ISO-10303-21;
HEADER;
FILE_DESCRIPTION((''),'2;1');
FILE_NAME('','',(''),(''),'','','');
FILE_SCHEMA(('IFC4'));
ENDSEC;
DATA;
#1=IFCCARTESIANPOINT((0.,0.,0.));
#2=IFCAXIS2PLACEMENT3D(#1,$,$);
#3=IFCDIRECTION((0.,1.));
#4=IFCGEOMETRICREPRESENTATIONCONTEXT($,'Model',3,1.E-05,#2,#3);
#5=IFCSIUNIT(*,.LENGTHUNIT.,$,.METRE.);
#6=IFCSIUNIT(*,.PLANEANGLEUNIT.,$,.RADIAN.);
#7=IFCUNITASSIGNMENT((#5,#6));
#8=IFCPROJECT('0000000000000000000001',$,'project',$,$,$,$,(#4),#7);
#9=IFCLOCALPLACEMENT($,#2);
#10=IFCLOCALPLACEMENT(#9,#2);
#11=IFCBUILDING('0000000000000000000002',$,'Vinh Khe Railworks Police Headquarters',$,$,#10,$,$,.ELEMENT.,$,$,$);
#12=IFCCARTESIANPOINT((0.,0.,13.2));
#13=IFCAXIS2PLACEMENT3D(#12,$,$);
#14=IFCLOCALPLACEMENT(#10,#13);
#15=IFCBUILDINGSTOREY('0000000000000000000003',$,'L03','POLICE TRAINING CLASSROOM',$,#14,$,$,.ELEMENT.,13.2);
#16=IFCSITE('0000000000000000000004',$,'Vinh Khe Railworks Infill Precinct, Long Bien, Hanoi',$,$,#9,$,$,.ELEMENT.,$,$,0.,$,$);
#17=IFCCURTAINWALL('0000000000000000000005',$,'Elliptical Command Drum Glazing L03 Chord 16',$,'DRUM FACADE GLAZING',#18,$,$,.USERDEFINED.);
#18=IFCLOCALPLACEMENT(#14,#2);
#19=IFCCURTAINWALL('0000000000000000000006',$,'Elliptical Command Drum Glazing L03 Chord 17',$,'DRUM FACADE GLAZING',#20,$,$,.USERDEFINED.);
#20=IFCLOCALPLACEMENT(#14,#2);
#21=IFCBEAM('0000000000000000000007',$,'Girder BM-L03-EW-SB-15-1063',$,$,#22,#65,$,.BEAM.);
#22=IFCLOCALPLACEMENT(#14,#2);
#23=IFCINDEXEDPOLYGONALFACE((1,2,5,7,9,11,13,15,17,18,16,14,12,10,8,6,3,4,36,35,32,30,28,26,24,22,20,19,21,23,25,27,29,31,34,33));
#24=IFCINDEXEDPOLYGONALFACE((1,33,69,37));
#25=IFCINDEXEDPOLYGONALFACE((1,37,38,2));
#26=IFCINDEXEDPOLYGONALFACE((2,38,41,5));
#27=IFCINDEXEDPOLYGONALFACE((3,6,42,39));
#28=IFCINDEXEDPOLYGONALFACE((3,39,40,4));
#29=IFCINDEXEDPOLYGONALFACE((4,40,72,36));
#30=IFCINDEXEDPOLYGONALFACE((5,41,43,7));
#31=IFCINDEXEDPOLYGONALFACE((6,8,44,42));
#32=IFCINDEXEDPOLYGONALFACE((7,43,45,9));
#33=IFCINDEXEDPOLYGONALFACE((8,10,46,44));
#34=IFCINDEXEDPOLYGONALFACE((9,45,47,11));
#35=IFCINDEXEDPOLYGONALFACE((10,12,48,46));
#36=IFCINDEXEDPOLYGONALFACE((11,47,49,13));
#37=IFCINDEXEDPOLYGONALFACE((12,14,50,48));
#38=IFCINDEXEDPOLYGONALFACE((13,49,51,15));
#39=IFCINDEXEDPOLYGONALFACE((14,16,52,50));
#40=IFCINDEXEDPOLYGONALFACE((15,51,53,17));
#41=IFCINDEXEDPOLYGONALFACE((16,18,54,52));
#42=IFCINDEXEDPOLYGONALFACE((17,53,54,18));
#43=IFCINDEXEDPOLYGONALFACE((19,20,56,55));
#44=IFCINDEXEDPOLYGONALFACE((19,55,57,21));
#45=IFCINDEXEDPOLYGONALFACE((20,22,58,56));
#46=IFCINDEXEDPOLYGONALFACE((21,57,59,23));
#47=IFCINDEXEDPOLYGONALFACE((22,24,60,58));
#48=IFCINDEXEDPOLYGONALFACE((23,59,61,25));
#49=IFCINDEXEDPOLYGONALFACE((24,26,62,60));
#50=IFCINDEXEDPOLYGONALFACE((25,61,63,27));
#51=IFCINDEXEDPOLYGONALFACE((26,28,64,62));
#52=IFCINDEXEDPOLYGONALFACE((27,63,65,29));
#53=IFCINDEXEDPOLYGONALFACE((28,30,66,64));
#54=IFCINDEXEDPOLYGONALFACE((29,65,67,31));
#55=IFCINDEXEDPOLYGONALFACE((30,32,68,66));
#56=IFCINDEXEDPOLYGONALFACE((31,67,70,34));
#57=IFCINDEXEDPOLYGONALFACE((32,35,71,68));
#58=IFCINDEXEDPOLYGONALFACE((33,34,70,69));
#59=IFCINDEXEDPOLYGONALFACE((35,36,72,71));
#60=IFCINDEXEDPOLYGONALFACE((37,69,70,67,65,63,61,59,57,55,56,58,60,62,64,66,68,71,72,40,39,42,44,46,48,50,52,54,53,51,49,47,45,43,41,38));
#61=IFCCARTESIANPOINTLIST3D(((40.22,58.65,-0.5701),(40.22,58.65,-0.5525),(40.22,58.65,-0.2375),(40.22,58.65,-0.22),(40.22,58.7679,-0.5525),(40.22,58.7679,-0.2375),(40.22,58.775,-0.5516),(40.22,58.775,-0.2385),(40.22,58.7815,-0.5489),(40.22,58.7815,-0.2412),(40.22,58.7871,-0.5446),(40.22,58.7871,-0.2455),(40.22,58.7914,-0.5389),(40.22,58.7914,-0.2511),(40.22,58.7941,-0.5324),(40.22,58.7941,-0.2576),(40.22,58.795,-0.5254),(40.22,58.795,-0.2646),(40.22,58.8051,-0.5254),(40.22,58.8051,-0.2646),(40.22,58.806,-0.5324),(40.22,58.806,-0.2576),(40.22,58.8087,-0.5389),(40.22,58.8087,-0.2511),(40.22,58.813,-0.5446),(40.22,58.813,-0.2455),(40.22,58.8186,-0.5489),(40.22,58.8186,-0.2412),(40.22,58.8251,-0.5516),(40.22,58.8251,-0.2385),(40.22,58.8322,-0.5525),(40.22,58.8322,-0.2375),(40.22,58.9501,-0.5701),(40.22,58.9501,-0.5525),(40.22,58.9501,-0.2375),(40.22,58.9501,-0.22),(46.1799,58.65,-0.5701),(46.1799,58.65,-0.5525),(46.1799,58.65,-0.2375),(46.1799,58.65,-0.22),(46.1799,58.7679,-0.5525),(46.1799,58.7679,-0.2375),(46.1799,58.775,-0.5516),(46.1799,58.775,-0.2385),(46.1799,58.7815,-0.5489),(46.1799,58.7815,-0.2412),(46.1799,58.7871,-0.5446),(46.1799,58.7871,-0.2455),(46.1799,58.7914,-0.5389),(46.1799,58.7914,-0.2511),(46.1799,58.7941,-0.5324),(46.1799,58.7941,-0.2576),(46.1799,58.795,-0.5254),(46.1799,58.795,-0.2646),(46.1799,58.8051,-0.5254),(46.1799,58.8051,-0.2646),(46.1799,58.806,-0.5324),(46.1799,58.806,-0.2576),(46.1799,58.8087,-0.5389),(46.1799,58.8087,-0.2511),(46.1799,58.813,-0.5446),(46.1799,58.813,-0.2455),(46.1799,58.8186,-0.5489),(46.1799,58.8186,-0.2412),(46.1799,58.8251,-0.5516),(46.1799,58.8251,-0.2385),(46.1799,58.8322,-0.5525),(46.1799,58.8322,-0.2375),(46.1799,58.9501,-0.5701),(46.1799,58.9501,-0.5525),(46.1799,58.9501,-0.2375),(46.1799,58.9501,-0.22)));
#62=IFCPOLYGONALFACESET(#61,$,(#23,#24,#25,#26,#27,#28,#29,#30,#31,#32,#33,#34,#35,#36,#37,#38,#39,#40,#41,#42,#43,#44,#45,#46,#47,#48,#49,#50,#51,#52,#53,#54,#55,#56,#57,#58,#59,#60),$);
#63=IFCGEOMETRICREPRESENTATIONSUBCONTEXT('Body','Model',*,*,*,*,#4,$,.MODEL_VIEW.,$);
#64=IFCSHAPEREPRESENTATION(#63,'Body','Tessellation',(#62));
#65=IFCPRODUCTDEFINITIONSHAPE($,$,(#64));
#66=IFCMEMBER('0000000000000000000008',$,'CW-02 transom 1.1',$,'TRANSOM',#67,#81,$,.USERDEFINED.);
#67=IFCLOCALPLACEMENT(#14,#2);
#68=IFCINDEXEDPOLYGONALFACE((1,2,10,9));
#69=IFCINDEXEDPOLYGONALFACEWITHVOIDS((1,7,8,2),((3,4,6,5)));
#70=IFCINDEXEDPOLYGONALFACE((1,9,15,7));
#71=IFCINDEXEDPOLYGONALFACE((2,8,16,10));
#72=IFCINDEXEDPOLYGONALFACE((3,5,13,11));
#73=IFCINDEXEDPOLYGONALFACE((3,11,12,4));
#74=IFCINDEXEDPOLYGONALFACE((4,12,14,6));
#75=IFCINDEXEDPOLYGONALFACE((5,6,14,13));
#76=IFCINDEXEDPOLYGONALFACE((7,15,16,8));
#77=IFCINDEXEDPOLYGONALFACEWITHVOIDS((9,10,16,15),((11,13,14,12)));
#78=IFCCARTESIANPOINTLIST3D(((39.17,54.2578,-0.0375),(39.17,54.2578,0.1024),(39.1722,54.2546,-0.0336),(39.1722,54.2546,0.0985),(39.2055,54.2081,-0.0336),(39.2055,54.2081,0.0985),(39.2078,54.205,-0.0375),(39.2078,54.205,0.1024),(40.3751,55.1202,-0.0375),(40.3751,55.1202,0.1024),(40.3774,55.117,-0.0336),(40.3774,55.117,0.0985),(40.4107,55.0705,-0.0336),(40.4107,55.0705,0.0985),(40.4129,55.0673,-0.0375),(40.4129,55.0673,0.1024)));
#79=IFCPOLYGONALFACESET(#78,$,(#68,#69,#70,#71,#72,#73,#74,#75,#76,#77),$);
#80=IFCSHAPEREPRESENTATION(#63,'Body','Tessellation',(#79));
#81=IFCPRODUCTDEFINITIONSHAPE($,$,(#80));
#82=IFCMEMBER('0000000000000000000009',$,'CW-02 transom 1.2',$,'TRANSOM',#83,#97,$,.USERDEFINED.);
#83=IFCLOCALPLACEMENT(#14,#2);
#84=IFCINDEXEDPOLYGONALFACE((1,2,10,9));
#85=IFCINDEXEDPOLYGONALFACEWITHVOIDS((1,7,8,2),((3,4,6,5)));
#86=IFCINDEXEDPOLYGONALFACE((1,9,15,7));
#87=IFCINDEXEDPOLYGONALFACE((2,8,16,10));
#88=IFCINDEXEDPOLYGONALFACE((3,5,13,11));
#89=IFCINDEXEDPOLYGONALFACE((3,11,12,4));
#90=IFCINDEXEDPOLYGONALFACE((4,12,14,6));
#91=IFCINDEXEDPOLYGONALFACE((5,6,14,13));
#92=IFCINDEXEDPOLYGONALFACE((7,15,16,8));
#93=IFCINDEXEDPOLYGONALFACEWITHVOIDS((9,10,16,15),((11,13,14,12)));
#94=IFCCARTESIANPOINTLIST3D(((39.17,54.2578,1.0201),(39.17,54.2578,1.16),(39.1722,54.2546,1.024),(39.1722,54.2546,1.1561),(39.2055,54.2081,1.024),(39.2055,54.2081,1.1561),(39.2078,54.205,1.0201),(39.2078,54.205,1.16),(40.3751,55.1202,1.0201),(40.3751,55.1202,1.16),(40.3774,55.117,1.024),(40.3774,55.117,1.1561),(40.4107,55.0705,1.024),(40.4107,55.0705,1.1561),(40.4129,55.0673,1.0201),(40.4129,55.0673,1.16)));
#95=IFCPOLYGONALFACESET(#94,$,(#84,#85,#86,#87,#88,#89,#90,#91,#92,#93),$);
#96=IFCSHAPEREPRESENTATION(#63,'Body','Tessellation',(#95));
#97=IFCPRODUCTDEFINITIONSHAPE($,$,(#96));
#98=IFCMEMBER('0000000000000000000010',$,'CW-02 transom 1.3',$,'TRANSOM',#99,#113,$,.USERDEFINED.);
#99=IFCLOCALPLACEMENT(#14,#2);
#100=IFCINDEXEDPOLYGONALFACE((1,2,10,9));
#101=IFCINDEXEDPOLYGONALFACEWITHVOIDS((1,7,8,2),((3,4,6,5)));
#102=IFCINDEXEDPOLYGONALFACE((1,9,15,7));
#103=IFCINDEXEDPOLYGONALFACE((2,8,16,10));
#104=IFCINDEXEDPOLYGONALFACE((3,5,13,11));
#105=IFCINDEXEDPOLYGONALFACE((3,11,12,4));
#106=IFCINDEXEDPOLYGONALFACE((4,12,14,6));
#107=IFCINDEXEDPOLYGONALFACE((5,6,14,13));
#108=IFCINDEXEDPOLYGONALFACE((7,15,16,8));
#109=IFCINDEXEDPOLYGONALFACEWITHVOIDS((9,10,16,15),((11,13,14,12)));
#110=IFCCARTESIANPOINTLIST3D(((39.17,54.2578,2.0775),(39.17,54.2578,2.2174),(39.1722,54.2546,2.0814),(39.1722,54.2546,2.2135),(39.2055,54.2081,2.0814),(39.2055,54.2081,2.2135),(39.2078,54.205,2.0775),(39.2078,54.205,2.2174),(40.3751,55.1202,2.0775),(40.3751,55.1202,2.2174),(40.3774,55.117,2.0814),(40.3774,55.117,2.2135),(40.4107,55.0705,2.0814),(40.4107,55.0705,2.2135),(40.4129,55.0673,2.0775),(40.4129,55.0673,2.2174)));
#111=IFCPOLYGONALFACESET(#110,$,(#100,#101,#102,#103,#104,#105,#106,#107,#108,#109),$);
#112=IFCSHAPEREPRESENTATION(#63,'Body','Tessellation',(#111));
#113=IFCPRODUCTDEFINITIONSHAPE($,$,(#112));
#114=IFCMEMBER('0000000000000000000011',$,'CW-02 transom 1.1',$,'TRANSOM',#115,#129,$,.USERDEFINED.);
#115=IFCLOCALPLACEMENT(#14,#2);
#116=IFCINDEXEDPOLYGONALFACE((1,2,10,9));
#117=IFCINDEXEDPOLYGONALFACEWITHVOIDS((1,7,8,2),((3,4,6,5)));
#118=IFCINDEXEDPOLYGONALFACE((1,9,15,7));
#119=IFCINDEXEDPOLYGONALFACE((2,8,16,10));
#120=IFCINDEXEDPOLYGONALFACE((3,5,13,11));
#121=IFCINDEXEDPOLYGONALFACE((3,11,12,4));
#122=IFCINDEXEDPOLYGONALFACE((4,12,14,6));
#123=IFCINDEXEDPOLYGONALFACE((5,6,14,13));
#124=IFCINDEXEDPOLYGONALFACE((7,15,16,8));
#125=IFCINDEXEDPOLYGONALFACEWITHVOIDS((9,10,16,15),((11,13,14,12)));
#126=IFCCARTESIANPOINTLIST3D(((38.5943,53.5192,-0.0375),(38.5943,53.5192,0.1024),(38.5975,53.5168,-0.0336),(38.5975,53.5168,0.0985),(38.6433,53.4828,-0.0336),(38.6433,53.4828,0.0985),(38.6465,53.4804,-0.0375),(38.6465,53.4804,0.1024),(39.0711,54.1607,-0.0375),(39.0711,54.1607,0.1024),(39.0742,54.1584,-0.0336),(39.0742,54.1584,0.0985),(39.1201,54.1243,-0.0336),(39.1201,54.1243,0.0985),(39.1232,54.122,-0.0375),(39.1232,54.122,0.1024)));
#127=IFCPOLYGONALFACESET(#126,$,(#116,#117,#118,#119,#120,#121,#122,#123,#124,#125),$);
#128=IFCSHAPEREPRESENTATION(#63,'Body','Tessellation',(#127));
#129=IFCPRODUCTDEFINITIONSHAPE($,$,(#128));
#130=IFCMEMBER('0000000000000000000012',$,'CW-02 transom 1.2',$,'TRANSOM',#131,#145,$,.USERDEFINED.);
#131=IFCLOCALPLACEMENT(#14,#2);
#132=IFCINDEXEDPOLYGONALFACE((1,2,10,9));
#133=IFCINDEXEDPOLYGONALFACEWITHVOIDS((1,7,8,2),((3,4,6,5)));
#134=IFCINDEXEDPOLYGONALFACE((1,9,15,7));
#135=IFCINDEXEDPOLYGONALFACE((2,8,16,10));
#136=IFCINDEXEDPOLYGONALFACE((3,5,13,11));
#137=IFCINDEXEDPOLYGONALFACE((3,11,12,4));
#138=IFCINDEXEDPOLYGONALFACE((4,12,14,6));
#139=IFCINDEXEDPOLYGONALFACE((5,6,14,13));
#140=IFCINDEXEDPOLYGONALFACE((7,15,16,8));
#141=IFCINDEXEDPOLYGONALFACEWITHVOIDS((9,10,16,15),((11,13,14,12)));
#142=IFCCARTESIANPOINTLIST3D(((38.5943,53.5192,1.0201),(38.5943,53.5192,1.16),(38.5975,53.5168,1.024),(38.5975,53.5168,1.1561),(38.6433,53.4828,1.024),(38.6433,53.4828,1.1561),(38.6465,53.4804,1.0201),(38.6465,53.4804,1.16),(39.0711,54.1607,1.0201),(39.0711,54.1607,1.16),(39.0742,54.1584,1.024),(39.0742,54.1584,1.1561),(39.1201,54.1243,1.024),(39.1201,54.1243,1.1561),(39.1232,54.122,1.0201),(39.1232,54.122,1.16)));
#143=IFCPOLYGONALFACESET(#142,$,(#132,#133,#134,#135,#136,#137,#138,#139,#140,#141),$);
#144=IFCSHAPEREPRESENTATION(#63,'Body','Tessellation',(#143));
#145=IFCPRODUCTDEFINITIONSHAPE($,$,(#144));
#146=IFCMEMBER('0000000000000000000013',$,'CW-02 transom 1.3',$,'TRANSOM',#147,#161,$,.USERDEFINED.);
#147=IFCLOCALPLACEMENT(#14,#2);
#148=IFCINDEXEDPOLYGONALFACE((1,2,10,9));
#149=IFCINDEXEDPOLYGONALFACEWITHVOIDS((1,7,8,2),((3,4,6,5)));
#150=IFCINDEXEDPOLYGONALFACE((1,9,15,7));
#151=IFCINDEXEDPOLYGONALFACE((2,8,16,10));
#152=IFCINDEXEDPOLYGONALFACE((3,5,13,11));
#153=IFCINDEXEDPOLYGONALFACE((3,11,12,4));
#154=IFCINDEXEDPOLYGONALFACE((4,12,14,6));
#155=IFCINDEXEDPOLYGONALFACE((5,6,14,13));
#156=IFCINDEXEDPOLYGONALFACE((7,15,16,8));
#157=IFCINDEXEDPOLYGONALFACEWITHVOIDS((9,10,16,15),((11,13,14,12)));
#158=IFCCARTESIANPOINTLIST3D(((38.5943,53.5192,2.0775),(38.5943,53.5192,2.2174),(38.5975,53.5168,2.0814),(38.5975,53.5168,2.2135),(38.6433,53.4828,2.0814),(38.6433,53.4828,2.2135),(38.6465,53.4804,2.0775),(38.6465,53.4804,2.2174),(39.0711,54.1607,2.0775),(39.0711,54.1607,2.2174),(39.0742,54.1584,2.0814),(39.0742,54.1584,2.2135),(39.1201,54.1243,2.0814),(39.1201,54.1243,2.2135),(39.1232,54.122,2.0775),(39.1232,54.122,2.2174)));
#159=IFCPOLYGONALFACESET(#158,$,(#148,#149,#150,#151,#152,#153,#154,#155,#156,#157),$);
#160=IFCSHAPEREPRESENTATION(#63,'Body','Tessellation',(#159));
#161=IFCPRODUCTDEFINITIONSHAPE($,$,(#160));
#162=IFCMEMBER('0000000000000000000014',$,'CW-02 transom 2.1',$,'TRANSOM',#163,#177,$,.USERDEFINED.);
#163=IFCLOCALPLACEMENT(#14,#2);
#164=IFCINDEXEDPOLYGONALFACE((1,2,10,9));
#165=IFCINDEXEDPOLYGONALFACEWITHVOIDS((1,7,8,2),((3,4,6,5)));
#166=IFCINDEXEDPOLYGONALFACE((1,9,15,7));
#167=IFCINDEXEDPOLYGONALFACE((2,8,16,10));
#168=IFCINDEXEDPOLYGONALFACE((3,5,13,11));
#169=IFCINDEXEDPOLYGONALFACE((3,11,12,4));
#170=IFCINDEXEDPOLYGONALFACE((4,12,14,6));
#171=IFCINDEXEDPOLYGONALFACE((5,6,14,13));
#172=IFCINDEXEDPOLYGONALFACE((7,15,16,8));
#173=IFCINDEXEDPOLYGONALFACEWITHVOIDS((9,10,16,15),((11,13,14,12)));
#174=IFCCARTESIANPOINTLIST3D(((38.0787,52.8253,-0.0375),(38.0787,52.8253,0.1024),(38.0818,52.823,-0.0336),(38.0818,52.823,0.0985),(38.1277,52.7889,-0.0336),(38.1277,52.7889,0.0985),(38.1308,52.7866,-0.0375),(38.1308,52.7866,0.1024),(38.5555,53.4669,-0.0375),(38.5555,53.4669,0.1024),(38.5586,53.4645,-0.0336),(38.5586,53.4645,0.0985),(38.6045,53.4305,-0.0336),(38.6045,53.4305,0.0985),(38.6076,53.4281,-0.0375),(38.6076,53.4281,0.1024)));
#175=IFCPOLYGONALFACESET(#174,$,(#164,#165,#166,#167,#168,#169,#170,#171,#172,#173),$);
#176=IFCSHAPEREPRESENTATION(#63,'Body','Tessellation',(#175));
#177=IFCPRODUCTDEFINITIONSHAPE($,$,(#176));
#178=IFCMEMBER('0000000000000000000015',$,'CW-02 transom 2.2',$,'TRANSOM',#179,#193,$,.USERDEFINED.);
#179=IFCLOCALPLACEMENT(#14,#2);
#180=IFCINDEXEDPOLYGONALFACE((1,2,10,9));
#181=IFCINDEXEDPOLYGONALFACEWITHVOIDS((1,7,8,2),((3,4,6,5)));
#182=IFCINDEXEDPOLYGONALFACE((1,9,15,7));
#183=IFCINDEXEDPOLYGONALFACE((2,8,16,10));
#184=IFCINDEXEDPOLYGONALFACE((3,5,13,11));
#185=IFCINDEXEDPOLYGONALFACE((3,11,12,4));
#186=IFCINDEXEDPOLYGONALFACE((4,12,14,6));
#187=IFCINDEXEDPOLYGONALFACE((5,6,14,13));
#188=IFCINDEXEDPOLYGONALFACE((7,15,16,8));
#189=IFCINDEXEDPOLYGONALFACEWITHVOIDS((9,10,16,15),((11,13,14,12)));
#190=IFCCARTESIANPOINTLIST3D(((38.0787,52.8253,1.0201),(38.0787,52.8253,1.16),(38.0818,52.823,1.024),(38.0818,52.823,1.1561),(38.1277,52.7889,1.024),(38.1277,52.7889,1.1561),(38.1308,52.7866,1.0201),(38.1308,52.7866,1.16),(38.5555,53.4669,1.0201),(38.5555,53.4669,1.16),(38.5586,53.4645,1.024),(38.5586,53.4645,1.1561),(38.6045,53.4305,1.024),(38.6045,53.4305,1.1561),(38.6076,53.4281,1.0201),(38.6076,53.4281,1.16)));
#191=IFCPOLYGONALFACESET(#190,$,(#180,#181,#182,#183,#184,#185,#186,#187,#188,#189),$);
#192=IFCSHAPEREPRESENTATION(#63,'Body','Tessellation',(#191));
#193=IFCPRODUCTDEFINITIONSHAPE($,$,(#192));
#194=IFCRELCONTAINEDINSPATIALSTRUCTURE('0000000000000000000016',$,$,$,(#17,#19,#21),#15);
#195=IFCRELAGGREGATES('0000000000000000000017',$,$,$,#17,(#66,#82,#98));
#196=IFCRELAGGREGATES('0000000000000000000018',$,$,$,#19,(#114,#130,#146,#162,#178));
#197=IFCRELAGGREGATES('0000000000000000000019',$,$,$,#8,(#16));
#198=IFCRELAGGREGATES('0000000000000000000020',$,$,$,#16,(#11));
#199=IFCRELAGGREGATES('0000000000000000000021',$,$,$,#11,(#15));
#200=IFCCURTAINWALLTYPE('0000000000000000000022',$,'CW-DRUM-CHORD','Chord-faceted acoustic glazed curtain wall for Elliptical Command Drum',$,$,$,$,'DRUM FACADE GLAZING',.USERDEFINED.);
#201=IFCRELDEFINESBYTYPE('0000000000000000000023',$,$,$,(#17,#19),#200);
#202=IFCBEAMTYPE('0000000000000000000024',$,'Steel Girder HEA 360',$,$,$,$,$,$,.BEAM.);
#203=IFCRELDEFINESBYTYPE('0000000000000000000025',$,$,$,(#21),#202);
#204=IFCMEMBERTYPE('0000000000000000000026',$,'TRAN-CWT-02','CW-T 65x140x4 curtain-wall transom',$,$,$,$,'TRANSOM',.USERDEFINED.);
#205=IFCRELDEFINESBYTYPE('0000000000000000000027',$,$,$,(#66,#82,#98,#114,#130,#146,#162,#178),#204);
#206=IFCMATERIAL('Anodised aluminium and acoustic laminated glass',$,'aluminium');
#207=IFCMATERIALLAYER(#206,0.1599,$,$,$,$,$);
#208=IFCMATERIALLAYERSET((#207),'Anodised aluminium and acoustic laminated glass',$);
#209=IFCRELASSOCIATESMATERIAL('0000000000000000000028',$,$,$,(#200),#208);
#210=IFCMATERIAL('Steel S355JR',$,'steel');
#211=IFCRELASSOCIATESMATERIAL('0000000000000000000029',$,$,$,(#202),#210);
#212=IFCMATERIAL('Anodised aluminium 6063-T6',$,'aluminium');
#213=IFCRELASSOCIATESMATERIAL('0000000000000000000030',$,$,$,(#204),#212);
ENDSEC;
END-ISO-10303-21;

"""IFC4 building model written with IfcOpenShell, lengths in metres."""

from ifc_helpers import new_model, si_unit, direction, frame, origin, origin_2d, place, context, subcontext, project, spatial, hollow_rectangle, i_section, extrude, material, layer, layer_set, material_profile, profile_set, type_object, element, aggregate, save


model = new_model("IFC4")

# Units and contexts
model_context = context("Model", 3, precision=1e-05, world=origin(), true_north=direction((0.0, 1.0)))
body_context = subcontext(model_context, "Body", "Model", "MODEL_VIEW")
ifc_project = project(units=[si_unit("LENGTHUNIT", "METRE"), si_unit("PLANEANGLEUNIT", "RADIAN")], contexts=[model_context])

# Site, building, storey
site_placement = place(None, origin())
site = spatial("IfcSite", under=ifc_project, at=site_placement, Name="Vinh Khe Railworks Infill Precinct, Long Bien, Hanoi", CompositionType="ELEMENT", RefElevation=0.0)
building_placement = place(site_placement, origin())
building = spatial("IfcBuilding", under=site, at=building_placement, Name="Vinh Khe Railworks Police Headquarters", CompositionType="ELEMENT")
storey_placement = place(building_placement, frame((0.0, 0.0, 13.2)))
storey = spatial("IfcBuildingStorey", under=building, at=storey_placement, Name="L03", Description="POLICE TRAINING CLASSROOM", CompositionType="ELEMENT", Elevation=13.2)

# Shared definitions
ifc_material_1 = material(Name="Steel S355JR", Category="steel")

# Curtain wall
ifc_material_2 = material(Name="Anodised aluminium and acoustic laminated glass", Category="aluminium")
ifc_layer_1 = layer(ifc_material_2, 0.1599)
ifc_layer_set_1 = layer_set([ifc_layer_1], Name="Anodised aluminium and acoustic laminated glass")
curtain_wall_type_1 = type_object("IfcCurtainWallType", Name="CW-DRUM-CHORD", Description="Chord-faceted acoustic glazed curtain wall for Elliptical Command Drum", ElementType="DRUM FACADE GLAZING", PredefinedType="USERDEFINED", material=ifc_layer_set_1)
curtain_wall_1_placement = place(storey_placement, origin())
curtain_wall_1 = element("IfcCurtainWall", 1, at=curtain_wall_1_placement, inside=storey, type_object=curtain_wall_type_1, Name="Elliptical Command Drum Glazing L03 Chord 16", ObjectType="DRUM FACADE GLAZING", PredefinedType="USERDEFINED")
ifc_material_3 = material(Name="Anodised aluminium 6063-T6", Category="aluminium")

# Curtain wall
curtain_wall_2_placement = place(storey_placement, origin())
curtain_wall_2 = element("IfcCurtainWall", 2, at=curtain_wall_2_placement, inside=storey, type_object=curtain_wall_type_1, Name="Elliptical Command Drum Glazing L03 Chord 17", ObjectType="DRUM FACADE GLAZING", PredefinedType="USERDEFINED")

# Beam
ifc_material_profile_1 = material_profile(ifc_material_1, i_section(OverallWidth=0.3, OverallDepth=0.3501, WebThickness=0.01, FlangeThickness=0.0176, FilletRadius=0.0271, at=origin_2d()), Name="HEA 360")
ifc_profile_set_1 = profile_set([ifc_material_profile_1], Name="Steel S355JR")
beam_type = type_object("IfcBeamType", Name="Steel Girder HEA 360", PredefinedType="BEAM", material=ifc_profile_set_1)
beam_placement = place(storey_placement, frame((40.22, 58.8, -0.395), z_axis=(1.0, 0.0, 0.0), x_axis=(0.0, 1.0, 0.0)))
element("IfcBeam", 3, at=beam_placement, inside=storey, type_object=beam_type, Name="Girder BM-L03-EW-SB-15-1063", PredefinedType="BEAM", context=body_context, shape_type="SweptSolid", body=[
    extrude(i_section(OverallWidth=0.3, OverallDepth=0.3501, WebThickness=0.01, FlangeThickness=0.0176, FilletRadius=0.0271, at=origin_2d()), origin(), (0.0, 0.0, 1.0), 5.96),
])

# Members
ifc_material_profile_2 = material_profile(ifc_material_3, hollow_rectangle(XDim=0.0649, YDim=0.1399, WallThickness=0.0039, at=origin_2d()), Name="CW-T 65x140x4")
ifc_profile_set_2 = profile_set([ifc_material_profile_2], Name="Anodised aluminium 6063-T6")
member_type_1 = type_object("IfcMemberType", Name="TRAN-CWT-02", Description="CW-T 65x140x4 curtain-wall transom", ElementType="TRANSOM", PredefinedType="USERDEFINED", material=ifc_profile_set_2)
member_1_placement = place(storey_placement, frame((40.394, 55.0938, 0.0325), z_axis=(-0.813243, -0.581924, 0.0), x_axis=(0.581924, -0.813243, 0.0)))
member_1 = element("IfcMember", 4, at=member_1_placement, type_object=member_type_1, Name="CW-02 transom 1.1", ObjectType="TRANSOM", PredefinedType="USERDEFINED", context=body_context, shape_type="SweptSolid", body=[
    extrude(hollow_rectangle(XDim=0.0649, YDim=0.1399, WallThickness=0.0039, at=origin_2d()), origin(), (0.0, 0.0, 1.0), 1.4819),
])
member_2_placement = place(storey_placement, frame((40.394, 55.0938, 1.0901), z_axis=(-0.813243, -0.581924, 0.0), x_axis=(0.581924, -0.813243, 0.0)))
member_2 = element("IfcMember", 5, at=member_2_placement, type_object=member_type_1, Name="CW-02 transom 1.2", ObjectType="TRANSOM", PredefinedType="USERDEFINED", context=body_context, shape_type="SweptSolid", body=[
    extrude(hollow_rectangle(XDim=0.0649, YDim=0.1399, WallThickness=0.0039, at=origin_2d()), origin(), (0.0, 0.0, 1.0), 1.4819),
])
member_3_placement = place(storey_placement, frame((40.394, 55.0938, 2.1475), z_axis=(-0.813243, -0.581924, 0.0), x_axis=(0.581924, -0.813243, 0.0)))
member_3 = element("IfcMember", 6, at=member_3_placement, type_object=member_type_1, Name="CW-02 transom 1.3", ObjectType="TRANSOM", PredefinedType="USERDEFINED", context=body_context, shape_type="SweptSolid", body=[
    extrude(hollow_rectangle(XDim=0.0649, YDim=0.1399, WallThickness=0.0039, at=origin_2d()), origin(), (0.0, 0.0, 1.0), 1.4819),
])
member_4_placement = place(storey_placement, frame((39.0972, 54.1414, 0.0325), z_axis=(-0.596476, -0.802631, 0.0), x_axis=(0.802631, -0.596476, 0.0)))
member_4 = element("IfcMember", 7, at=member_4_placement, type_object=member_type_1, Name="CW-02 transom 1.1", ObjectType="TRANSOM", PredefinedType="USERDEFINED", context=body_context, shape_type="SweptSolid", body=[
    extrude(hollow_rectangle(XDim=0.0649, YDim=0.1399, WallThickness=0.0039, at=origin_2d()), origin(), (0.0, 0.0, 1.0), 0.7993),
])
member_5_placement = place(storey_placement, frame((39.0972, 54.1414, 1.0901), z_axis=(-0.596476, -0.802631, 0.0), x_axis=(0.802631, -0.596476, 0.0)))
member_5 = element("IfcMember", 8, at=member_5_placement, type_object=member_type_1, Name="CW-02 transom 1.2", ObjectType="TRANSOM", PredefinedType="USERDEFINED", context=body_context, shape_type="SweptSolid", body=[
    extrude(hollow_rectangle(XDim=0.0649, YDim=0.1399, WallThickness=0.0039, at=origin_2d()), origin(), (0.0, 0.0, 1.0), 0.7993),
])
member_6_placement = place(storey_placement, frame((39.0972, 54.1414, 2.1475), z_axis=(-0.596476, -0.802631, 0.0), x_axis=(0.802631, -0.596476, 0.0)))
member_6 = element("IfcMember", 9, at=member_6_placement, type_object=member_type_1, Name="CW-02 transom 1.3", ObjectType="TRANSOM", PredefinedType="USERDEFINED", context=body_context, shape_type="SweptSolid", body=[
    extrude(hollow_rectangle(XDim=0.0649, YDim=0.1399, WallThickness=0.0039, at=origin_2d()), origin(), (0.0, 0.0, 1.0), 0.7993),
])
member_7_placement = place(storey_placement, frame((38.5815, 53.4475, 0.0325), z_axis=(-0.596476, -0.802631, 0.0), x_axis=(0.802631, -0.596476, 0.0)))
member_7 = element("IfcMember", 10, at=member_7_placement, type_object=member_type_1, Name="CW-02 transom 2.1", ObjectType="TRANSOM", PredefinedType="USERDEFINED", context=body_context, shape_type="SweptSolid", body=[
    extrude(hollow_rectangle(XDim=0.0649, YDim=0.1399, WallThickness=0.0039, at=origin_2d()), origin(), (0.0, 0.0, 1.0), 0.7993),
])
member_8_placement = place(storey_placement, frame((38.5815, 53.4475, 1.0901), z_axis=(-0.596476, -0.802631, 0.0), x_axis=(0.802631, -0.596476, 0.0)))
member_8 = element("IfcMember", 11, at=member_8_placement, type_object=member_type_1, Name="CW-02 transom 2.2", ObjectType="TRANSOM", PredefinedType="USERDEFINED", context=body_context, shape_type="SweptSolid", body=[
    extrude(hollow_rectangle(XDim=0.0649, YDim=0.1399, WallThickness=0.0039, at=origin_2d()), origin(), (0.0, 0.0, 1.0), 0.7993),
])

aggregate(curtain_wall_1, [member_1, member_2, member_3])
aggregate(curtain_wall_2, [member_4, member_5, member_6, member_7, member_8])

save(model, "model.ifc")
